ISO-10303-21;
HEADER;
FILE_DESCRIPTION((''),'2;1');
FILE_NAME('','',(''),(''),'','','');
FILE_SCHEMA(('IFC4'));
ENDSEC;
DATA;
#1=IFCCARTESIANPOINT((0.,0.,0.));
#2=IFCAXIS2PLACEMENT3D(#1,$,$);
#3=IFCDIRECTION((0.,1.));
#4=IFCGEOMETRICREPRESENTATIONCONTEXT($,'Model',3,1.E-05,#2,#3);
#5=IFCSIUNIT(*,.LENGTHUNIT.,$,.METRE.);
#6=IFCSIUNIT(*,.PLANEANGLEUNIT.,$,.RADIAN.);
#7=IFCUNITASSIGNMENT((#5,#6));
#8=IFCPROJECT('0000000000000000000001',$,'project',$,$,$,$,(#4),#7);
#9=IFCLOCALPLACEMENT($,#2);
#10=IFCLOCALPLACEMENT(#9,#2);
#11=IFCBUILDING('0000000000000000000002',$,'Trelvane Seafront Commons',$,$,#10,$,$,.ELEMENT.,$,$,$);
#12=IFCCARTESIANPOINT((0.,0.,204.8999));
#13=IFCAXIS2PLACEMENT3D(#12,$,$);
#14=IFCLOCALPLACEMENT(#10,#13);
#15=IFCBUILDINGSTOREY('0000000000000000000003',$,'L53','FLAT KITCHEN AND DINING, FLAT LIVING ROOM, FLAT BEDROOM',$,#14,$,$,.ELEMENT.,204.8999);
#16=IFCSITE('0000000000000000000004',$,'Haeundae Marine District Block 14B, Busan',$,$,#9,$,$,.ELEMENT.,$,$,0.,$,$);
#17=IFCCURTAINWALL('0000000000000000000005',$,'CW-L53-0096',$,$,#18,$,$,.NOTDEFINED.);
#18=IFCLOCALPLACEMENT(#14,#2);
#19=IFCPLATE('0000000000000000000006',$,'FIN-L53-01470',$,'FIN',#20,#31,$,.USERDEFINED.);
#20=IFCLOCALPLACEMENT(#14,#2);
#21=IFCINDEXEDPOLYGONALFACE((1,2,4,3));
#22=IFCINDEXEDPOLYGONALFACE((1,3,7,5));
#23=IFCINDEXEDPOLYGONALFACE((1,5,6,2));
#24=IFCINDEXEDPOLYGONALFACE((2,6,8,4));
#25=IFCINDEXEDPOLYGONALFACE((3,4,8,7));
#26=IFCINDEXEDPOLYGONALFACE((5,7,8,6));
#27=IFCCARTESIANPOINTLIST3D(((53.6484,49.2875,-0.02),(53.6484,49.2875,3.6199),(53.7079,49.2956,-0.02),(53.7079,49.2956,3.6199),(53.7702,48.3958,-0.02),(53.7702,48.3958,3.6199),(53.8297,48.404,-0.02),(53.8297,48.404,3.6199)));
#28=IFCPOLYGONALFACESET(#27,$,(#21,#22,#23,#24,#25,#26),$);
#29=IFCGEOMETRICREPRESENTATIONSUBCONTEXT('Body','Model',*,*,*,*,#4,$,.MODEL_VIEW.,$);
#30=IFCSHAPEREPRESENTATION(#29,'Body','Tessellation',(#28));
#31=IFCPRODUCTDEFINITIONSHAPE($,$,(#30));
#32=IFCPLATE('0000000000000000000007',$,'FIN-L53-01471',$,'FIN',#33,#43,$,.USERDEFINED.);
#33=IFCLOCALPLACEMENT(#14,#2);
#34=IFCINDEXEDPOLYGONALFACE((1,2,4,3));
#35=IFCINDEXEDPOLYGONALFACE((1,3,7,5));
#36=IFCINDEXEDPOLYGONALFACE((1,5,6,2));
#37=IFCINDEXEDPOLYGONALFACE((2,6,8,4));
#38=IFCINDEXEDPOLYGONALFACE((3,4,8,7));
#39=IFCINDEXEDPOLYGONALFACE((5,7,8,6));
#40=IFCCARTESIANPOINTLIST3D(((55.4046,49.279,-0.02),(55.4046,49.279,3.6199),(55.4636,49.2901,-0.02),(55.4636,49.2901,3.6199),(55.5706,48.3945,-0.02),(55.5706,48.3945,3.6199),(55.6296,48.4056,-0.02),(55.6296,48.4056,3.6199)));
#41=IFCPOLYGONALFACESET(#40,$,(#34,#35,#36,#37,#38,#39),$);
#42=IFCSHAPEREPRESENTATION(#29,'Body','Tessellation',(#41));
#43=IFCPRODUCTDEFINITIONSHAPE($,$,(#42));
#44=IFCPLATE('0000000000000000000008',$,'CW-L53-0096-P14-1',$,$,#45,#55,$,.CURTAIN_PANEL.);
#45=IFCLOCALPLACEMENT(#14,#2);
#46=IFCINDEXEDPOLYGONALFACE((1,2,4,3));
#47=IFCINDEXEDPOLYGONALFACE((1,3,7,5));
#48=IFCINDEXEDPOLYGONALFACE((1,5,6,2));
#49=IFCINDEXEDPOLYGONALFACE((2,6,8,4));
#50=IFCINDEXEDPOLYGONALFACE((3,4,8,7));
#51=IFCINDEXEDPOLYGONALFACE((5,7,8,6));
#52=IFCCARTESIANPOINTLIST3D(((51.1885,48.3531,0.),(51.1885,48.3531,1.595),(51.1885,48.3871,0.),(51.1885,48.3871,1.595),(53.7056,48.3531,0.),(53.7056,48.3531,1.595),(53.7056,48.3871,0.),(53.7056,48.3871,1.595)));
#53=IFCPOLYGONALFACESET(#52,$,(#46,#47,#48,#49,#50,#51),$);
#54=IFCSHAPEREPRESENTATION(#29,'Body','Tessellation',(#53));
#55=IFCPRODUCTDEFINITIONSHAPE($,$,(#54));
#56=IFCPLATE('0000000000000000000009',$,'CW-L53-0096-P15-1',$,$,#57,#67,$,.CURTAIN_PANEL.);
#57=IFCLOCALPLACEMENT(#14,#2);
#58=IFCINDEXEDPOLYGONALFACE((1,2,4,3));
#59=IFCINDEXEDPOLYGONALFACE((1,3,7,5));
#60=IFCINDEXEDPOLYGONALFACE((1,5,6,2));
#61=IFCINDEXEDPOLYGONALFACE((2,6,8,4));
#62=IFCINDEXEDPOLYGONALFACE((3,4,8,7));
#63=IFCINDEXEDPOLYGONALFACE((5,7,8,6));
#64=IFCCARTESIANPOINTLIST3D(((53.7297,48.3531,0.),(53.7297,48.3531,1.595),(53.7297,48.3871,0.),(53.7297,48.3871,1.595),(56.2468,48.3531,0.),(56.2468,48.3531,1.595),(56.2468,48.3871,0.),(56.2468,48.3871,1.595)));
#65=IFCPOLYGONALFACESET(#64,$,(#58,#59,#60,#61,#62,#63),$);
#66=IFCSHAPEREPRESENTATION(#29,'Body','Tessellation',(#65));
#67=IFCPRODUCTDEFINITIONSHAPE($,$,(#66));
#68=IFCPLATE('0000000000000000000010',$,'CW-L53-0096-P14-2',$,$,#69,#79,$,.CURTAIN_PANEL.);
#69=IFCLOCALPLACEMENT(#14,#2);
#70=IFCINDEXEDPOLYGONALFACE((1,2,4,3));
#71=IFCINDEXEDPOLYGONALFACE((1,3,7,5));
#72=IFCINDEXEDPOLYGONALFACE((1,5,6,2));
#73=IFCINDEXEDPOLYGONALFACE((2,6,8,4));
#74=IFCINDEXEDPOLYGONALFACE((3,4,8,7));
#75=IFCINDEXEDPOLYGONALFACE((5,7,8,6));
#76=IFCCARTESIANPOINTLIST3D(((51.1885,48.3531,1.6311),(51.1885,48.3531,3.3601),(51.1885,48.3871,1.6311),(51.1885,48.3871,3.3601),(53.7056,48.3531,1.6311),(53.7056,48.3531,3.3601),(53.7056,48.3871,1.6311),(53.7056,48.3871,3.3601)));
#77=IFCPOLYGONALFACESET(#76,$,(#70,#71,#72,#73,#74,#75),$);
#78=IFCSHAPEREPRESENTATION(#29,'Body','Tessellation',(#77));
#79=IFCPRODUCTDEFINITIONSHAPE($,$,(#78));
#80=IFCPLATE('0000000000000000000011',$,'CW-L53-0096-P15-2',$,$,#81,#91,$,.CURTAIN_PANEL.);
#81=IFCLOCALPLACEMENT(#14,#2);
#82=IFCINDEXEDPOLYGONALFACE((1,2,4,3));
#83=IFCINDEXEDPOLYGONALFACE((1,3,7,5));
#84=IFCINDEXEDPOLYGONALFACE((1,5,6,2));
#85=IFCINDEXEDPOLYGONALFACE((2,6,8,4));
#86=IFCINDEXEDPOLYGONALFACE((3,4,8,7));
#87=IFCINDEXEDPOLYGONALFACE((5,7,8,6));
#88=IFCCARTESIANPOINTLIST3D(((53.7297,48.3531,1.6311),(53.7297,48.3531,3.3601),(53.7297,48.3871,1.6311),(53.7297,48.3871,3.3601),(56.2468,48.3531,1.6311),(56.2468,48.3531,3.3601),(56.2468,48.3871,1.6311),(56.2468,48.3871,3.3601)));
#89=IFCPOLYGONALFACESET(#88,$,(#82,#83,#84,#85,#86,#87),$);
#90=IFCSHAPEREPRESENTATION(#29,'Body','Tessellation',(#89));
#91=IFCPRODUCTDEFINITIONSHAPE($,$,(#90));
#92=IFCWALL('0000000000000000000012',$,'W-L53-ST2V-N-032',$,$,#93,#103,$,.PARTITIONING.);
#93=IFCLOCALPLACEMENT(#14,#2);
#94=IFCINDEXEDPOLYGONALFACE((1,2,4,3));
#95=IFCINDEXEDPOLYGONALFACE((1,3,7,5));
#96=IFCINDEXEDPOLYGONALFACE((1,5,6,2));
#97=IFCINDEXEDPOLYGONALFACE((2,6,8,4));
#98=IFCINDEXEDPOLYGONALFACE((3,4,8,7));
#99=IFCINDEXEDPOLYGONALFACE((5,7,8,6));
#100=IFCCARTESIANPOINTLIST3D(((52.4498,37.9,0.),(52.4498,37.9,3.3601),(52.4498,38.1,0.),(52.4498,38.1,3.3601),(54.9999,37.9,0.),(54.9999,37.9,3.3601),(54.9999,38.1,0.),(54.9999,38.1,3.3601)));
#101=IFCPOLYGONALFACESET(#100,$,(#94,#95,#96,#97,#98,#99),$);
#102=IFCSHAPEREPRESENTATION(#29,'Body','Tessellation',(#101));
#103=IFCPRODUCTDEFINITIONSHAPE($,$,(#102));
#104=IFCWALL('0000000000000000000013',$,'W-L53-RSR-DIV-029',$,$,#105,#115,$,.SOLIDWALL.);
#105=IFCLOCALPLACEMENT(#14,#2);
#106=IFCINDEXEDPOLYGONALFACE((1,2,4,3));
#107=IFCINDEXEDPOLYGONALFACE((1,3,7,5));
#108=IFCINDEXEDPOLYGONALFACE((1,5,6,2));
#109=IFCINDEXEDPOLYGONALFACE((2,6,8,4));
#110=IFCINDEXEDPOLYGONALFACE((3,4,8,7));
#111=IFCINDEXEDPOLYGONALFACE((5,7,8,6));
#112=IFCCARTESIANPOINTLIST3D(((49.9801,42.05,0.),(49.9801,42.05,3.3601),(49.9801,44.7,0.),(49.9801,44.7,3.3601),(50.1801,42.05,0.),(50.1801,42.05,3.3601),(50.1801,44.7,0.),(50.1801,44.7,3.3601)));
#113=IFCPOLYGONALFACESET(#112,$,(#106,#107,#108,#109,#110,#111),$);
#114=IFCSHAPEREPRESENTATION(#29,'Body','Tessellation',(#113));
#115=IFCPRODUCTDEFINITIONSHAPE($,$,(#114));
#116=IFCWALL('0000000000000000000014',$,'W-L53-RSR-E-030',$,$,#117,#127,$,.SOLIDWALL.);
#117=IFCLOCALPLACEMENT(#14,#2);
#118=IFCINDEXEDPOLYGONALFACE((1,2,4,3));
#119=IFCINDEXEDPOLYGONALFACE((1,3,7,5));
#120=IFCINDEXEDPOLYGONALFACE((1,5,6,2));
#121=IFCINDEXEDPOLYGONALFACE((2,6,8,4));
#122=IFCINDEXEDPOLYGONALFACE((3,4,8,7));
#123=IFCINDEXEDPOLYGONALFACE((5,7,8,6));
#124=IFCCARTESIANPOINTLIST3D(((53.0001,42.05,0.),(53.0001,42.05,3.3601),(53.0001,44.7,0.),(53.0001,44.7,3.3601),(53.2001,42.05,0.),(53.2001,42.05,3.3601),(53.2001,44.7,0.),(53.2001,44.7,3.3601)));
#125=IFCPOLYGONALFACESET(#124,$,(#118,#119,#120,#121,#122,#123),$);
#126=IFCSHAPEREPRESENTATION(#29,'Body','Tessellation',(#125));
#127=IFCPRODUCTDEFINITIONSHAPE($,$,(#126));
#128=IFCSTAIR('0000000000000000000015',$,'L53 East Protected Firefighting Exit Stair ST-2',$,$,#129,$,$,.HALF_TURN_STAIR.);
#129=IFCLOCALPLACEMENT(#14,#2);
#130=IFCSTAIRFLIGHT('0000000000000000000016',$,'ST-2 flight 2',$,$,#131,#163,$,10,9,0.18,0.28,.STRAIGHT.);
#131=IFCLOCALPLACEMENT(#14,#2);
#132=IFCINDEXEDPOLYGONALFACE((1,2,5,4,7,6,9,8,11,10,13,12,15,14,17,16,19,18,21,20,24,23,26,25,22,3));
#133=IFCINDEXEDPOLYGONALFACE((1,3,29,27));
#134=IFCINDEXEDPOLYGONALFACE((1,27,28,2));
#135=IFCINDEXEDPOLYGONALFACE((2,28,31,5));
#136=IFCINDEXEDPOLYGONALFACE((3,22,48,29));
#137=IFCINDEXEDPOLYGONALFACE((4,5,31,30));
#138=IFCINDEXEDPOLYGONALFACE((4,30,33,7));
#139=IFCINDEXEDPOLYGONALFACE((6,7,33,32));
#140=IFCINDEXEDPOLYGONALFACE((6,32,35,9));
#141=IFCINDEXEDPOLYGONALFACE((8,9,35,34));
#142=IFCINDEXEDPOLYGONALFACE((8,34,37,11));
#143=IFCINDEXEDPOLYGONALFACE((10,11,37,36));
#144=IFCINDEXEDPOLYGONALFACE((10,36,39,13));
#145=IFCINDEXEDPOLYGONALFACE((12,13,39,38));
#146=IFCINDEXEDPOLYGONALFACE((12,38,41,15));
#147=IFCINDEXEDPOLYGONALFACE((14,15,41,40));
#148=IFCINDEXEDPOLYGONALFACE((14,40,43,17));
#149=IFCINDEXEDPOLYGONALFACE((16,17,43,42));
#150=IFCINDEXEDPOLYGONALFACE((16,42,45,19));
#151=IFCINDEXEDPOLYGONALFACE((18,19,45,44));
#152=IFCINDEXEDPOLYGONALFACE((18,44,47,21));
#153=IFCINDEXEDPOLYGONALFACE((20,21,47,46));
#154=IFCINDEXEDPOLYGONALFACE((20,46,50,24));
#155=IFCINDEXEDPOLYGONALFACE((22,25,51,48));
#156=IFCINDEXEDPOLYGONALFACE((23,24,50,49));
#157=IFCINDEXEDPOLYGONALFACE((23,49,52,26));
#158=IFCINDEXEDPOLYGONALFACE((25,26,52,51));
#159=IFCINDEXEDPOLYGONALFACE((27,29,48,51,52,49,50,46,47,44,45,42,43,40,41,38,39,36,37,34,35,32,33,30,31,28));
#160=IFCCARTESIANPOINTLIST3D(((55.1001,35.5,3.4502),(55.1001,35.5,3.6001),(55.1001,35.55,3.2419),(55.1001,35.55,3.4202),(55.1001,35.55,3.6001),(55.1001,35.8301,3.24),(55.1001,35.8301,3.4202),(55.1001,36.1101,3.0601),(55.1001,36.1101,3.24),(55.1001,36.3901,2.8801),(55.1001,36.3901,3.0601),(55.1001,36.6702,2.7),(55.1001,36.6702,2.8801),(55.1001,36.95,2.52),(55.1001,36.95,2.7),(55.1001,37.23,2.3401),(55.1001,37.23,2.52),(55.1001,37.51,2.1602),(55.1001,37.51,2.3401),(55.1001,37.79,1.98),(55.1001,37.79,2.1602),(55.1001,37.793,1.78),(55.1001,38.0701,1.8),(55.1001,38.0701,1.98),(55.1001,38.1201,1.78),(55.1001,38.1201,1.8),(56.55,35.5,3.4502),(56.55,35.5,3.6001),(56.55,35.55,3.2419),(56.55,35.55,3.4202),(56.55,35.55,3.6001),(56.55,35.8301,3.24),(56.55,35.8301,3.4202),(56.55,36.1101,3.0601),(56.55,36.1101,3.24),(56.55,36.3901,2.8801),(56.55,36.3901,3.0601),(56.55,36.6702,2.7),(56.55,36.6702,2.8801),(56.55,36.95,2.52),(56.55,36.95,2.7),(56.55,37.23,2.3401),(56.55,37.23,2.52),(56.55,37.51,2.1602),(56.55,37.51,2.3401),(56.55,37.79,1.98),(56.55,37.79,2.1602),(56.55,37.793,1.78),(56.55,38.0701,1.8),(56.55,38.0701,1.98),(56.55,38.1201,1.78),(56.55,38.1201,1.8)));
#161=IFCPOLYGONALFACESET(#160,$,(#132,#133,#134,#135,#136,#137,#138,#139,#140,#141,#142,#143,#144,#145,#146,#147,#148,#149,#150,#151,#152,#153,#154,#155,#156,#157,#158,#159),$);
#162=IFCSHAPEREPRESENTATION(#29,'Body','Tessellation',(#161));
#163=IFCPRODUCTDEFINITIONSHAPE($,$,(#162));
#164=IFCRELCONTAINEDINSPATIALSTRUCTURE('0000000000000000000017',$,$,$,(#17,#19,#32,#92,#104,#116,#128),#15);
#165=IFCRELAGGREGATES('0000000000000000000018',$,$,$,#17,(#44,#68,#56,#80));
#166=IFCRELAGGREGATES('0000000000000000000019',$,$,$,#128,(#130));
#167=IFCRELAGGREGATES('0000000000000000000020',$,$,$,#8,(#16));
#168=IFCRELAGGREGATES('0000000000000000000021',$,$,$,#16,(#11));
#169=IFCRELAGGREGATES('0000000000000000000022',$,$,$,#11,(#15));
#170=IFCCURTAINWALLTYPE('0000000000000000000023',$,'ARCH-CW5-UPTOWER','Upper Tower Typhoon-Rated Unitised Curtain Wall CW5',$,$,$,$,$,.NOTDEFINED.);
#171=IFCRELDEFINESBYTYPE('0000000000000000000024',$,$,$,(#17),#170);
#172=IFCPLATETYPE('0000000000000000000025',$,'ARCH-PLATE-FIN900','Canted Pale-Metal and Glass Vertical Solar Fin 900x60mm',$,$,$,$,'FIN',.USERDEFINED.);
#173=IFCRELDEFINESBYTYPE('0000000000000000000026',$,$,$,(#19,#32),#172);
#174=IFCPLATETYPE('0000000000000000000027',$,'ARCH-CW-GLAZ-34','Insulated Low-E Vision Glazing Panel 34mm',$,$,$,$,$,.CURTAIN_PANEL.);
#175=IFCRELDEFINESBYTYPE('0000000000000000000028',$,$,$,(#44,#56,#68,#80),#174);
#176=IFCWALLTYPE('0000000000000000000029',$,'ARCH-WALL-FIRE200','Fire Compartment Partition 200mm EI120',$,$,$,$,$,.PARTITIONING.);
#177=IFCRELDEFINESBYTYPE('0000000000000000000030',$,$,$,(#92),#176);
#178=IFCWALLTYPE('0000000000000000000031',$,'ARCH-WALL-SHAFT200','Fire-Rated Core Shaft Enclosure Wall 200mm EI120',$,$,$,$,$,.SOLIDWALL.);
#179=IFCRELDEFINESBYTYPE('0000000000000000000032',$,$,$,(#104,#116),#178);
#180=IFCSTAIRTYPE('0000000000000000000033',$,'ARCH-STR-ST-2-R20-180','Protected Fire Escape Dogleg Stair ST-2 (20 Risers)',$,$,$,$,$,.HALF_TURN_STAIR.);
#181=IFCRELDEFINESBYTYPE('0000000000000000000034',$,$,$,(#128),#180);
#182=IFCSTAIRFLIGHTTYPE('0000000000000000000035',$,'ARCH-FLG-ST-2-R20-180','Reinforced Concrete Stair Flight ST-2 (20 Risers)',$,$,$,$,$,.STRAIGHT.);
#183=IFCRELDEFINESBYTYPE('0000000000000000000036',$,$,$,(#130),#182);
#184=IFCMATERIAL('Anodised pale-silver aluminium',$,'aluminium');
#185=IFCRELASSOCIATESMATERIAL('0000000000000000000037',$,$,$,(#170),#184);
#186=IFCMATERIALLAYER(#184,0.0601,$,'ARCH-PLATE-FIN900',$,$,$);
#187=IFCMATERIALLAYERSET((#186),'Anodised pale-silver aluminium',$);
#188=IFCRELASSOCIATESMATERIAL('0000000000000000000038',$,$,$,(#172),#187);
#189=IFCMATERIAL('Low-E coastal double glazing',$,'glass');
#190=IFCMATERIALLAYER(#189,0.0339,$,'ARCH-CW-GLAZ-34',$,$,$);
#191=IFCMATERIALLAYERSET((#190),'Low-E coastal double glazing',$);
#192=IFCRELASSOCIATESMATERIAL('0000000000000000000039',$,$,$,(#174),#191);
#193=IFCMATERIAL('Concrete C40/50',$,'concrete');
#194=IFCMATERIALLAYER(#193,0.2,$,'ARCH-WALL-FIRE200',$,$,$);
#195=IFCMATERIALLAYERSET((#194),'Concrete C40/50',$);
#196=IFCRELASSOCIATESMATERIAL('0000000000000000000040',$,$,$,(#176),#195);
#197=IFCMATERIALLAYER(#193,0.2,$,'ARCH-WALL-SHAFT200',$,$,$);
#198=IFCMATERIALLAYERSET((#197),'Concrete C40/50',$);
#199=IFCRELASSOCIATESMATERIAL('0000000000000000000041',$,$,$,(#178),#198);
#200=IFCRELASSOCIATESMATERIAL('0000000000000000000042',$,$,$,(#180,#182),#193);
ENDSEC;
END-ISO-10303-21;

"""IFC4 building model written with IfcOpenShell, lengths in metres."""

from ifc_helpers import new_model, si_unit, direction, frame, frame_2d, origin, origin_2d, place, context, subcontext, project, spatial, polyline, rectangle, outline, extrude, source, transform, mapped, material, layer, layer_set, type_object, element, aggregate, save


model = new_model("IFC4")

# Units and contexts
model_context = context("Model", 3, precision=1e-05, world=origin(), true_north=direction((0.0, 1.0)))
body_context = subcontext(model_context, "Body", "Model", "MODEL_VIEW")
ifc_project = project(units=[si_unit("LENGTHUNIT", "METRE"), si_unit("PLANEANGLEUNIT", "RADIAN")], contexts=[model_context])

# Site, building, storey
site_placement = place(None, origin())
site = spatial("IfcSite", under=ifc_project, at=site_placement, Name="Haeundae Marine District Block 14B, Busan", CompositionType="ELEMENT", RefElevation=0.0)
building_placement = place(site_placement, origin())
building = spatial("IfcBuilding", under=site, at=building_placement, Name="Trelvane Seafront Commons", CompositionType="ELEMENT")
storey_placement = place(building_placement, frame((0.0, 0.0, 204.8999)))
storey = spatial("IfcBuildingStorey", under=building, at=storey_placement, Name="L53", Description="FLAT KITCHEN AND DINING, FLAT LIVING ROOM, FLAT BEDROOM", CompositionType="ELEMENT", Elevation=204.8999)

# Curtain wall
ifc_material_1 = material(Name="Anodised pale-silver aluminium", Category="aluminium")
curtain_wall_type = type_object("IfcCurtainWallType", Name="ARCH-CW5-UPTOWER", Description="Upper Tower Typhoon-Rated Unitised Curtain Wall CW5", PredefinedType="NOTDEFINED", material=ifc_material_1)
curtain_wall_placement = place(storey_placement, origin())
curtain_wall = element("IfcCurtainWall", 1, at=curtain_wall_placement, inside=storey, type_object=curtain_wall_type, Name="CW-L53-0096", PredefinedType="NOTDEFINED")

# Plates
ifc_layer_1 = layer(ifc_material_1, 0.0601, Name="ARCH-PLATE-FIN900")
ifc_layer_set_1 = layer_set([ifc_layer_1], Name="Anodised pale-silver aluminium")
plate_type_1 = type_object("IfcPlateType", Name="ARCH-PLATE-FIN900", Description="Canted Pale-Metal and Glass Vertical Solar Fin 900x60mm", ElementType="FIN", PredefinedType="USERDEFINED", material=ifc_layer_set_1)
shared_shape_1 = source(origin(), body_context, "Body", "SweptSolid", [
    extrude(rectangle(XDim=0.8999, YDim=0.0601, at=origin_2d()), origin(), (0.0, 0.0, 1.0), 3.6399),
])
for number, where, z_axis, x_axis, name in (
    (2, (53.739, 48.8457, -0.02), (0.0, 0.0, 1.0), (-0.135337, 0.9908, 0.0), "FIN-L53-01470"),
    (3, (55.5171, 48.8423, -0.02), (0.0, 0.0, 1.0), (-0.184437, 0.982844, 0.0), "FIN-L53-01471"),
):
    element("IfcPlate", number, at=place(storey_placement, frame(where, z_axis=z_axis, x_axis=x_axis)), inside=storey, type_object=plate_type_1, Name=name, ObjectType="FIN", PredefinedType="USERDEFINED", context=body_context, shape_type="MappedRepresentation", body=[
        mapped(shared_shape_1, transform((0.0, 0.0, 0.0), x_axis=(1.0, 0.0, 0.0), y_axis=(0.0, 1.0, 0.0), z_axis=(0.0, 0.0, 1.0), scale=1.0)),
    ])

# Plates
ifc_material_2 = material(Name="Low-E coastal double glazing", Category="glass")
ifc_layer_2 = layer(ifc_material_2, 0.0339, Name="ARCH-CW-GLAZ-34")
ifc_layer_set_2 = layer_set([ifc_layer_2], Name="Low-E coastal double glazing")
plate_type_2 = type_object("IfcPlateType", Name="ARCH-CW-GLAZ-34", Description="Insulated Low-E Vision Glazing Panel 34mm", PredefinedType="CURTAIN_PANEL", material=ifc_layer_set_2)
shared_shape_2 = source(origin(), body_context, "Body", "SweptSolid", [
    extrude(rectangle(XDim=2.5171, YDim=0.0339, at=origin_2d()), origin(), (0.0, 0.0, 1.0), 1.595),
])
plate_1_placement = place(storey_placement, frame((52.447, 48.3701, 0.0), z_axis=(0.0, 0.0, 1.0), x_axis=(1.0, 0.0, 0.0)))
plate_1 = element("IfcPlate", 4, at=plate_1_placement, type_object=plate_type_2, Name="CW-L53-0096-P14-1", PredefinedType="CURTAIN_PANEL", context=body_context, shape_type="MappedRepresentation", body=[
    mapped(shared_shape_2, transform((0.0, 0.0, 0.0), x_axis=(1.0, 0.0, 0.0), y_axis=(0.0, 1.0, 0.0), z_axis=(0.0, 0.0, 1.0), scale=1.0)),
])
plate_2_placement = place(storey_placement, frame((54.9883, 48.3701, 0.0), z_axis=(0.0, 0.0, 1.0), x_axis=(1.0, 0.0, 0.0)))
plate_2 = element("IfcPlate", 5, at=plate_2_placement, type_object=plate_type_2, Name="CW-L53-0096-P15-1", PredefinedType="CURTAIN_PANEL", context=body_context, shape_type="MappedRepresentation", body=[
    mapped(shared_shape_2, transform((0.0, 0.0, 0.0), x_axis=(1.0, 0.0, 0.0), y_axis=(0.0, 1.0, 0.0), z_axis=(0.0, 0.0, 1.0), scale=1.0)),
])
shared_shape_3 = source(origin(), body_context, "Body", "SweptSolid", [
    extrude(rectangle(XDim=2.5171, YDim=0.0339, at=origin_2d()), origin(), (0.0, 0.0, 1.0), 1.729),
])
plate_3_placement = place(storey_placement, frame((52.447, 48.3701, 1.6311), z_axis=(0.0, 0.0, 1.0), x_axis=(1.0, 0.0, 0.0)))
plate_3 = element("IfcPlate", 6, at=plate_3_placement, type_object=plate_type_2, Name="CW-L53-0096-P14-2", PredefinedType="CURTAIN_PANEL", context=body_context, shape_type="MappedRepresentation", body=[
    mapped(shared_shape_3, transform((0.0, 0.0, 0.0), x_axis=(1.0, 0.0, 0.0), y_axis=(0.0, 1.0, 0.0), z_axis=(0.0, 0.0, 1.0), scale=1.0)),
])
plate_4_placement = place(storey_placement, frame((54.9883, 48.3701, 1.6311), z_axis=(0.0, 0.0, 1.0), x_axis=(1.0, 0.0, 0.0)))
plate_4 = element("IfcPlate", 7, at=plate_4_placement, type_object=plate_type_2, Name="CW-L53-0096-P15-2", PredefinedType="CURTAIN_PANEL", context=body_context, shape_type="MappedRepresentation", body=[
    mapped(shared_shape_3, transform((0.0, 0.0, 0.0), x_axis=(1.0, 0.0, 0.0), y_axis=(0.0, 1.0, 0.0), z_axis=(0.0, 0.0, 1.0), scale=1.0)),
])
aggregate(curtain_wall, [plate_1, plate_3, plate_2, plate_4])

# Walls
ifc_material_3 = material(Name="Concrete C40/50", Category="concrete")
ifc_layer_3 = layer(ifc_material_3, 0.2, Name="ARCH-WALL-FIRE200")
ifc_layer_set_3 = layer_set([ifc_layer_3], Name="Concrete C40/50")
wall_type_1 = type_object("IfcWallType", Name="ARCH-WALL-FIRE200", Description="Fire Compartment Partition 200mm EI120", PredefinedType="PARTITIONING", material=ifc_layer_set_3)
wall_placement = place(storey_placement, frame((52.45, 38.0, 0.0), z_axis=(0.0, 0.0, 1.0), x_axis=(1.0, 0.0, 0.0)))
element("IfcWall", 8, at=wall_placement, inside=storey, type_object=wall_type_1, Name="W-L53-ST2V-N-032", PredefinedType="PARTITIONING", context=body_context, shape_type="SweptSolid", body=[
    extrude(rectangle(XDim=2.55, YDim=0.2, at=frame_2d((1.2749, 0.0))), origin(), (0.0, 0.0, 1.0), 3.3601),
])
ifc_layer_4 = layer(ifc_material_3, 0.2, Name="ARCH-WALL-SHAFT200")
ifc_layer_set_4 = layer_set([ifc_layer_4], Name="Concrete C40/50")
wall_type_2 = type_object("IfcWallType", Name="ARCH-WALL-SHAFT200", Description="Fire-Rated Core Shaft Enclosure Wall 200mm EI120", PredefinedType="SOLIDWALL", material=ifc_layer_set_4)
for number, where, z_axis, x_axis, name in (
    (9, (50.0801, 42.05, 0.0), (0.0, 0.0, 1.0), (0.0, 1.0, 0.0), "W-L53-RSR-DIV-029"),
    (10, (53.1001, 42.05, 0.0), (0.0, 0.0, 1.0), (0.0, 1.0, 0.0), "W-L53-RSR-E-030"),
):
    element("IfcWall", number, at=place(storey_placement, frame(where, z_axis=z_axis, x_axis=x_axis)), inside=storey, type_object=wall_type_2, Name=name, PredefinedType="SOLIDWALL", context=body_context, shape_type="SweptSolid", body=[
        extrude(rectangle(XDim=2.6499, YDim=0.2, at=frame_2d((1.325, 0.0))), origin(), (0.0, 0.0, 1.0), 3.3601),
    ])

# Stair, stair flight
stair_type = type_object("IfcStairType", Name="ARCH-STR-ST-2-R20-180", Description="Protected Fire Escape Dogleg Stair ST-2 (20 Risers)", PredefinedType="HALF_TURN_STAIR", material=ifc_material_3)
stair_placement = place(storey_placement, origin())
stair = element("IfcStair", 11, at=stair_placement, inside=storey, type_object=stair_type, Name="L53 East Protected Firefighting Exit Stair ST-2", PredefinedType="HALF_TURN_STAIR")
stair_flight_type = type_object("IfcStairFlightType", Name="ARCH-FLG-ST-2-R20-180", Description="Reinforced Concrete Stair Flight ST-2 (20 Risers)", PredefinedType="STRAIGHT", material=ifc_material_3)
shared_shape_4 = source(origin(), body_context, "Body", "SweptSolid", [
    extrude(outline(polyline([(-0.05, -0.02), (-0.05, 0.0), (0.0, 0.0), (0.0, 0.1799), (0.28, 0.1799), (0.28, 0.3601), (0.5601, 0.3601), (0.5601, 0.54), (0.8401, 0.54), (0.8401, 0.72), (1.1201, 0.72), (1.1201, 0.8999), (1.3999, 0.8999), (1.3999, 1.0801), (1.6799, 1.0801), (1.6799, 1.26), (1.96, 1.26), (1.96, 1.4399), (2.24, 1.4399), (2.24, 1.6201), (2.52, 1.6201), (2.52, 1.8), (2.5701, 1.8), (2.5701, 1.6501), (2.52, 1.4419), (0.2771, -0.02), (-0.05, -0.02)])), frame((0.0, 0.7251, 0.0), z_axis=(0.0, -1.0, 0.0), x_axis=(1.0, 0.0, 0.0)), (0.0, 0.0, 1.0), 1.45),
])
stair_flight_placement = place(storey_placement, frame((55.825, 38.0701, 1.8), z_axis=(0.0, 0.0, 1.0), x_axis=(0.0, -1.0, 0.0)))
stair_flight = element("IfcStairFlight", 12, at=stair_flight_placement, type_object=stair_flight_type, Name="ST-2 flight 2", NumberOfRisers=10, NumberOfTreads=9, PredefinedType="STRAIGHT", RiserHeight=0.18, TreadLength=0.28, context=body_context, shape_type="MappedRepresentation", body=[
    mapped(shared_shape_4, transform((0.0, 0.0, 0.0), x_axis=(1.0, 0.0, 0.0), y_axis=(0.0, 1.0, 0.0), z_axis=(0.0, 0.0, 1.0), scale=1.0)),
])
aggregate(stair, [stair_flight])

save(model, "model.ifc")
